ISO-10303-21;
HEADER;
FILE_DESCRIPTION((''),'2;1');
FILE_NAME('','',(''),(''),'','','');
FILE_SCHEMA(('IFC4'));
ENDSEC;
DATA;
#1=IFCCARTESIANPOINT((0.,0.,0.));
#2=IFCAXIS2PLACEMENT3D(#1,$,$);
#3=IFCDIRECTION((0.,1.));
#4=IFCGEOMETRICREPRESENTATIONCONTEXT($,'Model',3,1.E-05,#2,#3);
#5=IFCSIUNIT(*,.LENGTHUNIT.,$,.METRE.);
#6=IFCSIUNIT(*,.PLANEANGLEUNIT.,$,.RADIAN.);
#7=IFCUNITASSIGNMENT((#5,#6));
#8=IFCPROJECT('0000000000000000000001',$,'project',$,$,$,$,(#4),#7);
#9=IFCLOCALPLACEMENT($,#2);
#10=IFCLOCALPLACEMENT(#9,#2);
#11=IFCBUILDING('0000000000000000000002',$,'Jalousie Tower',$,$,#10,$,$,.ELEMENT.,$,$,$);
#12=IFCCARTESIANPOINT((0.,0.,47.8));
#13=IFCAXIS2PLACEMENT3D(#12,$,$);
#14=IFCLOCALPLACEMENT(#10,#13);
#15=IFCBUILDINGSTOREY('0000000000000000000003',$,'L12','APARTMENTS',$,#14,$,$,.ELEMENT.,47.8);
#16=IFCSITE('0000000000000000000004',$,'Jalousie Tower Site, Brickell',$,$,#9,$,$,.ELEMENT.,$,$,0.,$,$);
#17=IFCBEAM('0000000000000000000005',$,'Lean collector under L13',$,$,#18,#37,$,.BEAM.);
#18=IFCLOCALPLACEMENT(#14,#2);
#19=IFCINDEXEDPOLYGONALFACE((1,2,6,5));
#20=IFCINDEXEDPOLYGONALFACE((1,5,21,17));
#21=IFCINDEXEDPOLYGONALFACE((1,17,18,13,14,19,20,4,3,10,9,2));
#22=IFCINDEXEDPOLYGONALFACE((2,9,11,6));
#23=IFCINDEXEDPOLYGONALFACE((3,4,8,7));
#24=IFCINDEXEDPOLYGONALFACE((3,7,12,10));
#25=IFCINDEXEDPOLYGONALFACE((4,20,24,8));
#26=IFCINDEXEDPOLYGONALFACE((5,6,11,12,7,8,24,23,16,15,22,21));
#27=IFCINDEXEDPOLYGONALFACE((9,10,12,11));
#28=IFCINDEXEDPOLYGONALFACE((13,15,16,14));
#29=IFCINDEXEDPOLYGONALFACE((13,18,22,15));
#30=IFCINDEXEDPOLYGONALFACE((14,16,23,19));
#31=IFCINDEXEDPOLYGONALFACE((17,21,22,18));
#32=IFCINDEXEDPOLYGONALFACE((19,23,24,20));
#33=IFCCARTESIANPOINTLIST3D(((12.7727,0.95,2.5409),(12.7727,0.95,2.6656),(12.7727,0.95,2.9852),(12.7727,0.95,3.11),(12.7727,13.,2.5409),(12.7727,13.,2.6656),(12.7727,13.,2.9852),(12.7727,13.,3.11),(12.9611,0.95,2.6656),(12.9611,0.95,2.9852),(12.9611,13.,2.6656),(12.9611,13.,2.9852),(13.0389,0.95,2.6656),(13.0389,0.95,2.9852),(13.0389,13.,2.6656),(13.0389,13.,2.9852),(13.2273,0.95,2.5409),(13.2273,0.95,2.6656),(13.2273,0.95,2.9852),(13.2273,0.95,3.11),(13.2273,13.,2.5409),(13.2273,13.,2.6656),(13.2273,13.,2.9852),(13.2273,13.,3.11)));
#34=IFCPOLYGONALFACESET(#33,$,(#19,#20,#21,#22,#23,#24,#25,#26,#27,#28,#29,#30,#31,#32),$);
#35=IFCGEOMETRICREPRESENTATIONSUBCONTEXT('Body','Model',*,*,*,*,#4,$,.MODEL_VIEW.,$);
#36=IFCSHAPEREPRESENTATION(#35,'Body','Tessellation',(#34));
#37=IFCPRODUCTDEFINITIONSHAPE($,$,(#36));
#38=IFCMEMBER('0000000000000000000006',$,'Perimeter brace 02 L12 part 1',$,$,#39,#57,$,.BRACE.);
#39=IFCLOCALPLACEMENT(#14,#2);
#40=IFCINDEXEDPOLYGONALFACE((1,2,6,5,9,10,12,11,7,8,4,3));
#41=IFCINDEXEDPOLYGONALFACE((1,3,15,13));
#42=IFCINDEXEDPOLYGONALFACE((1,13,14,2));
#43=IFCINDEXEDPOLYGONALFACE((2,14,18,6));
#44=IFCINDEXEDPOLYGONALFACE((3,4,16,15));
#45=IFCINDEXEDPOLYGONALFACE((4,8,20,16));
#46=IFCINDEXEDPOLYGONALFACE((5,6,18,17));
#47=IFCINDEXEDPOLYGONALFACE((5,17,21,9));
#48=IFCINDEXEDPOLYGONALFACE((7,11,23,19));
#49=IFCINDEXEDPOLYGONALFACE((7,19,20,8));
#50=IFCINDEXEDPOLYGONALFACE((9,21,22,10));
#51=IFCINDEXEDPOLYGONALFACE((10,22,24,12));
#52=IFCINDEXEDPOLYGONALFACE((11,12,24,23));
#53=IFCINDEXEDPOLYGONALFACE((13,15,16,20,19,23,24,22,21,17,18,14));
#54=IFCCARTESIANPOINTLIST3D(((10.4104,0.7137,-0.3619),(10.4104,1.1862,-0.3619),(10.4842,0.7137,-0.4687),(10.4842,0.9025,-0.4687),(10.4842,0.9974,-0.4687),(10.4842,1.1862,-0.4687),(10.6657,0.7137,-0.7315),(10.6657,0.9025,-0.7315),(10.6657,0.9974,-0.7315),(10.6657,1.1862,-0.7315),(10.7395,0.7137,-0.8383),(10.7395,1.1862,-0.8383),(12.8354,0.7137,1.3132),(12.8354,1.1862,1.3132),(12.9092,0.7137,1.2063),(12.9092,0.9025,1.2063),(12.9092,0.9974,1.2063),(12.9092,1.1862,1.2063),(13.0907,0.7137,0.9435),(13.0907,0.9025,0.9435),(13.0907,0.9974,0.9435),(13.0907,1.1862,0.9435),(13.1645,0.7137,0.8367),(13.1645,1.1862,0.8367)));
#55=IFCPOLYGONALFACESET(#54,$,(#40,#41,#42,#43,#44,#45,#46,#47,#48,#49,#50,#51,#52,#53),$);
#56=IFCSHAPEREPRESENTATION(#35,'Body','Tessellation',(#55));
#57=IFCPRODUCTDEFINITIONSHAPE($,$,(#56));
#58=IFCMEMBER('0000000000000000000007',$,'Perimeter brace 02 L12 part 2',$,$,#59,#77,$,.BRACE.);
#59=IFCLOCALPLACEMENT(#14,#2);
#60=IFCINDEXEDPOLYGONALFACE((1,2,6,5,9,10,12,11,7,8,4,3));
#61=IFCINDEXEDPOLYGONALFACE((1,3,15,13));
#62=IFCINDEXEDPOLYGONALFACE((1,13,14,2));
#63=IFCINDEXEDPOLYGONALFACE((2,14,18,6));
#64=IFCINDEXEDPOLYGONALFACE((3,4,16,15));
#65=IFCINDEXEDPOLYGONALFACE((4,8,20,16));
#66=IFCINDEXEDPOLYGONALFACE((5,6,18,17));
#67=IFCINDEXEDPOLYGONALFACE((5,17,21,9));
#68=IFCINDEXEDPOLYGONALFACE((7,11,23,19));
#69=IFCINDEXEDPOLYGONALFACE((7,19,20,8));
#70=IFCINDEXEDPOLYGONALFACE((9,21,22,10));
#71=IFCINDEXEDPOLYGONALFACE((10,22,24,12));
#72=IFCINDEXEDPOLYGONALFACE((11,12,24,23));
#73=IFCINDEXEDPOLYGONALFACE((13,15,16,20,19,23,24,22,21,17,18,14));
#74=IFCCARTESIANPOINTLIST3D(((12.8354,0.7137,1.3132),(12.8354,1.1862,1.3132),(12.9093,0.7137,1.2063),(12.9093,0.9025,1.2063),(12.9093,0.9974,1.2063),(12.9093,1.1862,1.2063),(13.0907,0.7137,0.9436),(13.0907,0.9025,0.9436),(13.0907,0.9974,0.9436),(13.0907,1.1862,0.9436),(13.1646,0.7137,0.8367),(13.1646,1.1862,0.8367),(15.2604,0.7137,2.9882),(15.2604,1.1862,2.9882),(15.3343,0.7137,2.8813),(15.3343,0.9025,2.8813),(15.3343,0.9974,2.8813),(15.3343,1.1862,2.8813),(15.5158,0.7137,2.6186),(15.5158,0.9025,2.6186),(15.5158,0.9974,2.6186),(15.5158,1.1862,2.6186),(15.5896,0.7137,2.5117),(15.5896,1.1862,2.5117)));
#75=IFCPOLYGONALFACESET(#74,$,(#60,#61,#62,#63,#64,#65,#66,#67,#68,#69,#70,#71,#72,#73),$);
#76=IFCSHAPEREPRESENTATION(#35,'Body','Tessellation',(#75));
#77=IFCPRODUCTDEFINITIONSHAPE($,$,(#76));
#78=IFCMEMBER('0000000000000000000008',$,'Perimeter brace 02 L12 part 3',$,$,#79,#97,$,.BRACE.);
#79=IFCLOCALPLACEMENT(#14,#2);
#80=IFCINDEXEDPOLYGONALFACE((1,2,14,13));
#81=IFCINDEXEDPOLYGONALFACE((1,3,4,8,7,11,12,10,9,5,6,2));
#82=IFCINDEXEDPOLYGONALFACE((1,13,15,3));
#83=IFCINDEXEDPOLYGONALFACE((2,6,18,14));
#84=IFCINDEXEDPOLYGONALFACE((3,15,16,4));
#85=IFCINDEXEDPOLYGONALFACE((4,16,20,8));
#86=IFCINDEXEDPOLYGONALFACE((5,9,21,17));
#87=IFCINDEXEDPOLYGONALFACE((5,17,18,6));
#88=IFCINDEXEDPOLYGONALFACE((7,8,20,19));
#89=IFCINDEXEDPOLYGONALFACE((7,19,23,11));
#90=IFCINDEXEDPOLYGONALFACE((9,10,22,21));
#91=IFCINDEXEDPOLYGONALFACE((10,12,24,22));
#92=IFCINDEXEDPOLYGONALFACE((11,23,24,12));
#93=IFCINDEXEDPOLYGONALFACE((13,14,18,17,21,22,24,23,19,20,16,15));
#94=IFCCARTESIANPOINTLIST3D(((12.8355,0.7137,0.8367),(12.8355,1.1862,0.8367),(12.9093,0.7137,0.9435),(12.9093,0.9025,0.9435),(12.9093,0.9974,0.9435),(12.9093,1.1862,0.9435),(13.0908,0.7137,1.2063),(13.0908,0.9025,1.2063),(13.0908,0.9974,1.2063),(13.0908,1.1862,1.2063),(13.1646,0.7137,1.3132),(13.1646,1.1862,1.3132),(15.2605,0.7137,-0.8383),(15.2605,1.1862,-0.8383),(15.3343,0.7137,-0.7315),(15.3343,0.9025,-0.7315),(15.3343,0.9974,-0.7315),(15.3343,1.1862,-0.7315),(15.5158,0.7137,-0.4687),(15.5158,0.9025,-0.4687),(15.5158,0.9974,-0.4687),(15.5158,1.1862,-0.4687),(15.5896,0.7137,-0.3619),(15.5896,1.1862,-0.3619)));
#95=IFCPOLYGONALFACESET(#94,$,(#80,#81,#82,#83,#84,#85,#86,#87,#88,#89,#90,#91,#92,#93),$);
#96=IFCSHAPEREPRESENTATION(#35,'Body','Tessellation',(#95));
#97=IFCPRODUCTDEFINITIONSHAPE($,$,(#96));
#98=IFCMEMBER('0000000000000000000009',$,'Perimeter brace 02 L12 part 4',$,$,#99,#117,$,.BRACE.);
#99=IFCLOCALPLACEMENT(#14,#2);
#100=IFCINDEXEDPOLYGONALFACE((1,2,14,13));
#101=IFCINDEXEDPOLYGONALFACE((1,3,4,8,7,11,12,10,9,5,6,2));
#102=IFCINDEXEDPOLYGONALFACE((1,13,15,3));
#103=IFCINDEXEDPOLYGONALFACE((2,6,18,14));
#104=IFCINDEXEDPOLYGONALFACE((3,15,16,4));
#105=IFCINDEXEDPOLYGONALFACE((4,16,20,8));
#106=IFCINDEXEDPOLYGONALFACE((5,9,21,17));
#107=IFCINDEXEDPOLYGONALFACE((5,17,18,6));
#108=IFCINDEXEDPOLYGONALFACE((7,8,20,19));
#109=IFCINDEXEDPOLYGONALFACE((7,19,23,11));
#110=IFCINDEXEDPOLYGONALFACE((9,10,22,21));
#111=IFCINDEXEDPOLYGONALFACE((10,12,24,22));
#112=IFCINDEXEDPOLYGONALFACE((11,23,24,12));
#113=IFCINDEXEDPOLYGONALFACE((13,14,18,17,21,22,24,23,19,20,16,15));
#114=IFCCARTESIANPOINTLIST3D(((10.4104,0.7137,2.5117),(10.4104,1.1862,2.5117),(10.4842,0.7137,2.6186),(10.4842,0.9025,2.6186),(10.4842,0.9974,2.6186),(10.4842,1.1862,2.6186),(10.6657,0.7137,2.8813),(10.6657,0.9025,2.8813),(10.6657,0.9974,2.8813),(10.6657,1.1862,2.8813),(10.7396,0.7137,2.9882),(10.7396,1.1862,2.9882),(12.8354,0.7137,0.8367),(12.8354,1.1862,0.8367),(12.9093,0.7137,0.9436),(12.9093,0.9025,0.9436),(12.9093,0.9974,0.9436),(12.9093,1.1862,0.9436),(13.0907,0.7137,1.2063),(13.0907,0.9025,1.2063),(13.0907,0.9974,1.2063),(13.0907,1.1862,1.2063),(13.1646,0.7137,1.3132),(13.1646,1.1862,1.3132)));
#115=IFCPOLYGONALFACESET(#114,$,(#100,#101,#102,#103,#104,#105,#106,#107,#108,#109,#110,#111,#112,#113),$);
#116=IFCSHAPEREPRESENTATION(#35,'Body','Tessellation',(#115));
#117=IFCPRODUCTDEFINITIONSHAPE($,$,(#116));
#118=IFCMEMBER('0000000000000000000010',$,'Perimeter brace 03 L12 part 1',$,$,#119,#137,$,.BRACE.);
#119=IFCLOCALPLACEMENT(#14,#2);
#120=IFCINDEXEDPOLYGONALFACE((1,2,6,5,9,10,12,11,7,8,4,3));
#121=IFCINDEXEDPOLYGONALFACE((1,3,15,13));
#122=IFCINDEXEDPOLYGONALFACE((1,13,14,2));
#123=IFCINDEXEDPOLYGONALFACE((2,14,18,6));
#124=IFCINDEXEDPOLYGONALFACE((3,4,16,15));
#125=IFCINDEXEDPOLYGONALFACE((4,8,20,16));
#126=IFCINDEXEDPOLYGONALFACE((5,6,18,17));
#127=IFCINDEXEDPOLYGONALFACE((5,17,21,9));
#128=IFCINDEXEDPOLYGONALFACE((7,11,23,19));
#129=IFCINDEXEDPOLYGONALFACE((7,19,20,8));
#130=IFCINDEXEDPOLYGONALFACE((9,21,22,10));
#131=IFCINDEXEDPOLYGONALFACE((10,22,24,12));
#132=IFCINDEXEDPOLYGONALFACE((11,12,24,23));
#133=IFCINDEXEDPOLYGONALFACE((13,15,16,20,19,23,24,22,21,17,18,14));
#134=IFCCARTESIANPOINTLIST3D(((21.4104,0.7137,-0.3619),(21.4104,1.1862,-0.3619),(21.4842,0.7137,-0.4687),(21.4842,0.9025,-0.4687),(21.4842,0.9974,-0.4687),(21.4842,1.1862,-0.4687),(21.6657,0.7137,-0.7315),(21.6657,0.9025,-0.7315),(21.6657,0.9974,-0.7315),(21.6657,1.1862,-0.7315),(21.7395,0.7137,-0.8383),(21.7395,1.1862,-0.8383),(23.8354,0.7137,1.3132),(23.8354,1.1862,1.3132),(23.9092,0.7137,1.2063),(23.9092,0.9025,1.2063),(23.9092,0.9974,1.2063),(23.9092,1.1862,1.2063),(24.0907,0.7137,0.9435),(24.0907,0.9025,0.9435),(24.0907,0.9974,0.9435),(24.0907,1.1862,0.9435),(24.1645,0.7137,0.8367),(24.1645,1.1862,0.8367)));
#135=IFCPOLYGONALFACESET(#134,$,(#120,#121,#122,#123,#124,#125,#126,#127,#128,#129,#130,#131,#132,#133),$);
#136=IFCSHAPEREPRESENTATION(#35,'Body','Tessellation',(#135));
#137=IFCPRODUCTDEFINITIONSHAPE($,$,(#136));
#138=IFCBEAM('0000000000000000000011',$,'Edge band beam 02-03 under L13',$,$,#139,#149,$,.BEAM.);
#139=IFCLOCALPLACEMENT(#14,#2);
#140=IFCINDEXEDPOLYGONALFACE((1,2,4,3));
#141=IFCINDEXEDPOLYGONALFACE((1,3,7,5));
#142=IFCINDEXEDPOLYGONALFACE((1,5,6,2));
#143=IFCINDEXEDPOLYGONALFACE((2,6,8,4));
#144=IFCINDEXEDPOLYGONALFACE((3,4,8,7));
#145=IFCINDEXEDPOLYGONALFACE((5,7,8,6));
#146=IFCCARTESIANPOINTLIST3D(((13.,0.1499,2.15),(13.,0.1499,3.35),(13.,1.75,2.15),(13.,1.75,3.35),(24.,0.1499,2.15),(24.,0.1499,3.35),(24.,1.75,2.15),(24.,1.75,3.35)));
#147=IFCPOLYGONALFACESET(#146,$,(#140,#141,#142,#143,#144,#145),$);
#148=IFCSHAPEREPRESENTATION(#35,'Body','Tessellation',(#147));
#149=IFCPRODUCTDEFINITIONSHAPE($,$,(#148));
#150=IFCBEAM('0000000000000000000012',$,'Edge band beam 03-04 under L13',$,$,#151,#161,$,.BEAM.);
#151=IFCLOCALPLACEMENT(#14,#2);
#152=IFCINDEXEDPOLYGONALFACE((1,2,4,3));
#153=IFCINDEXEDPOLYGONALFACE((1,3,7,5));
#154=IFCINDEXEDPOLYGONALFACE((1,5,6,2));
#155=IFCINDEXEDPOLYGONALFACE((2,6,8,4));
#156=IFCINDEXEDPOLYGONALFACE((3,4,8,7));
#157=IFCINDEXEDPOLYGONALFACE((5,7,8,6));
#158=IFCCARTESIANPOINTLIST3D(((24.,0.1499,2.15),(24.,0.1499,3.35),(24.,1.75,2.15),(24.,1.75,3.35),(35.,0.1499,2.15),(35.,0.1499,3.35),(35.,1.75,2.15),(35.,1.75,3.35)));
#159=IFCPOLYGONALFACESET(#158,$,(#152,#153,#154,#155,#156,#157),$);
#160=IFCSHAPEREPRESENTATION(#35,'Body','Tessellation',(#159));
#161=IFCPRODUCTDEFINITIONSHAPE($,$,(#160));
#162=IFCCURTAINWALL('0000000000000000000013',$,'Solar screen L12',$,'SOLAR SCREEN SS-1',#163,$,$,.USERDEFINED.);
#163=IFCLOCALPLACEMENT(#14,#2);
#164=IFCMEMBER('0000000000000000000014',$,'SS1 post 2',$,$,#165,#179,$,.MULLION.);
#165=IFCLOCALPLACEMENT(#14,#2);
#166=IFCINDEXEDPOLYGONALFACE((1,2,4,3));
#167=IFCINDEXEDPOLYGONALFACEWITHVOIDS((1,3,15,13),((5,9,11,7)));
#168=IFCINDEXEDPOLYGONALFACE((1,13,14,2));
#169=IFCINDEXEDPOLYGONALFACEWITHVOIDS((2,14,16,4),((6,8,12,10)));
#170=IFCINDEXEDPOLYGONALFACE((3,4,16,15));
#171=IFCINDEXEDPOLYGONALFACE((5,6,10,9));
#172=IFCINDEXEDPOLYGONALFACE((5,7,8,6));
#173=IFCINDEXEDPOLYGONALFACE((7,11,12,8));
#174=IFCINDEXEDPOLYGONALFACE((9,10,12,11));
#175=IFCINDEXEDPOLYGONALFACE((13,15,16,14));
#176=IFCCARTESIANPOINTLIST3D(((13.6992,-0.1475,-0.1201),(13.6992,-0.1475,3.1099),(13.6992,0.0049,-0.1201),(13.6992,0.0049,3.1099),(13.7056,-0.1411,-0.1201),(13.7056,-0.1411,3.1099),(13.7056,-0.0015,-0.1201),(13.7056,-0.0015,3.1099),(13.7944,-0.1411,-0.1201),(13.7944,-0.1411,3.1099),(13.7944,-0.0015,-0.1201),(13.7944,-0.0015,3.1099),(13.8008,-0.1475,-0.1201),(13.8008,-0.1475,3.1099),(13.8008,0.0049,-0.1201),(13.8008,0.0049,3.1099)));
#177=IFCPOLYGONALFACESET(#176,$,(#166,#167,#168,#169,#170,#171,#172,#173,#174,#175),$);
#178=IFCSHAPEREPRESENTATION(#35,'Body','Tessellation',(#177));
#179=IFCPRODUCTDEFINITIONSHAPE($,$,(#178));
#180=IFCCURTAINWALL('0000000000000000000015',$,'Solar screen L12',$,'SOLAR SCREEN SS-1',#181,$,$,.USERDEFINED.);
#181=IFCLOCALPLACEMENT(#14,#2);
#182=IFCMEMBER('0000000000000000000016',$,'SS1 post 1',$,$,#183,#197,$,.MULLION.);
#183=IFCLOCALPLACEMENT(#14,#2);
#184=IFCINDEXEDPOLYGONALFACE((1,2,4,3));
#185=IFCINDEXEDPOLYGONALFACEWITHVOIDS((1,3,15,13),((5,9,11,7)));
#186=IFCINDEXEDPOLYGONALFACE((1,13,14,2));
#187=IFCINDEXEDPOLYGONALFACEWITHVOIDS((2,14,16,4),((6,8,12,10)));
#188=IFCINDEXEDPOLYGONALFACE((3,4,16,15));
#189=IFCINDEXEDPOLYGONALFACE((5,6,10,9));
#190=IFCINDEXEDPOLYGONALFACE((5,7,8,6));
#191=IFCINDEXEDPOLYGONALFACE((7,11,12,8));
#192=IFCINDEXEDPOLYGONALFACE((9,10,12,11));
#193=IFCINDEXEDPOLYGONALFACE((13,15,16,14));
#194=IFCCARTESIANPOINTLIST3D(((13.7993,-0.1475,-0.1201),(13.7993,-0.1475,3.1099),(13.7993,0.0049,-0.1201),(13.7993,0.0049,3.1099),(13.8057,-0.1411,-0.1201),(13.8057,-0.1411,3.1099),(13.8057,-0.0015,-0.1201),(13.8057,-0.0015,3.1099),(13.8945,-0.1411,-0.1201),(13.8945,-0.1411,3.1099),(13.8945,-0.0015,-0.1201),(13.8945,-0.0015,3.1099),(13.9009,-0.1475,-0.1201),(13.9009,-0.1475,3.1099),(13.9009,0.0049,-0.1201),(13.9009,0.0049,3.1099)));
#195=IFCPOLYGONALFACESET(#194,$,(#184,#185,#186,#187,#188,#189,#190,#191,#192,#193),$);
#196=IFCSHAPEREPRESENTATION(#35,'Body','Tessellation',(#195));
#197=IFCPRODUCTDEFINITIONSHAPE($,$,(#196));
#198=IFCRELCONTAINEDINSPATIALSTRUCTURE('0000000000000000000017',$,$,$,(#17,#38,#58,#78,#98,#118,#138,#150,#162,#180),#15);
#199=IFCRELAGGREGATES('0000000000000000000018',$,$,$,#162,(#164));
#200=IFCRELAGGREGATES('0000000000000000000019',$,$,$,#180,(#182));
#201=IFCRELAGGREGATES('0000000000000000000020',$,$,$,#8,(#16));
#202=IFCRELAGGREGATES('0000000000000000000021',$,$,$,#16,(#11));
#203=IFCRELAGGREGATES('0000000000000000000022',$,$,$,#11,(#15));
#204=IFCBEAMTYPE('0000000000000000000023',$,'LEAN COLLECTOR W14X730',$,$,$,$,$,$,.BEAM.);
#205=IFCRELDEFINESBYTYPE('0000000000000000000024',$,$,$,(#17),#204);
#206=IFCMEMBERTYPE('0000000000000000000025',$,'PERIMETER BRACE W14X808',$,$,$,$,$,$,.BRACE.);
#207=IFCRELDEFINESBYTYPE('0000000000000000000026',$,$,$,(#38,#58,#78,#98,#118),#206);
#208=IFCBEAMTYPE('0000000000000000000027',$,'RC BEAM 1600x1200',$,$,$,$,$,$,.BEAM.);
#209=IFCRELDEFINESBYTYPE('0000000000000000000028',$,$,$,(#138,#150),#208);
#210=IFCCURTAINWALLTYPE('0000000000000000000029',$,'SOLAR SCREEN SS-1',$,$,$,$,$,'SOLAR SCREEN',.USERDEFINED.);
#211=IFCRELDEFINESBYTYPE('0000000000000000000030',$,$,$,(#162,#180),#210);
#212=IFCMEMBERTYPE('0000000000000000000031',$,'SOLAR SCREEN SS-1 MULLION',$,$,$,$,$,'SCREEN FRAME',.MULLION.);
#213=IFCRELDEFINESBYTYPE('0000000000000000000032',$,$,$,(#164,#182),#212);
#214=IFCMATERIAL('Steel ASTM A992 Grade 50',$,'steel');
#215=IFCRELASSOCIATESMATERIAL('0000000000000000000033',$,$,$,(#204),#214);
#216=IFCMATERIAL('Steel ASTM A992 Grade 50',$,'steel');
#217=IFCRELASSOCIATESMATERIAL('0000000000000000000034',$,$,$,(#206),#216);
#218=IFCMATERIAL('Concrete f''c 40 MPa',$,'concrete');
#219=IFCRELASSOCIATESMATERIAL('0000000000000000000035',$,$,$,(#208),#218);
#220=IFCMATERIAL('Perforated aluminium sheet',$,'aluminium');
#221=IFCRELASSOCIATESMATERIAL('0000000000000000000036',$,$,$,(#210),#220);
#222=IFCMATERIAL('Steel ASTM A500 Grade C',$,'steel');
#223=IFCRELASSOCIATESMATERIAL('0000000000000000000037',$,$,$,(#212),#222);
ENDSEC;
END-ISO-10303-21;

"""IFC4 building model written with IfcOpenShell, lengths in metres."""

from ifc_helpers import new_model, si_unit, direction, frame, origin, origin_2d, place, context, subcontext, project, spatial, rectangle, hollow_rectangle, i_section, extrude, material, material_profile, profile_set, type_object, element, aggregate, save


model = new_model("IFC4")

# Units and contexts
model_context = context("Model", 3, precision=1e-05, world=origin(), true_north=direction((0.0, 1.0)))
body_context = subcontext(model_context, "Body", "Model", "MODEL_VIEW")
ifc_project = project(units=[si_unit("LENGTHUNIT", "METRE"), si_unit("PLANEANGLEUNIT", "RADIAN")], contexts=[model_context])

# Site, building, storey
site_placement = place(None, origin())
site = spatial("IfcSite", under=ifc_project, at=site_placement, Name="Jalousie Tower Site, Brickell", CompositionType="ELEMENT", RefElevation=0.0)
building_placement = place(site_placement, origin())
building = spatial("IfcBuilding", under=site, at=building_placement, Name="Jalousie Tower", CompositionType="ELEMENT")
storey_placement = place(building_placement, frame((0.0, 0.0, 47.8)))
storey = spatial("IfcBuildingStorey", under=building, at=storey_placement, Name="L12", Description="APARTMENTS", CompositionType="ELEMENT", Elevation=47.8)

# Beam
ifc_material_1 = material(Name="Steel ASTM A992 Grade 50", Category="steel")
ifc_material_profile_1 = material_profile(ifc_material_1, i_section(OverallWidth=0.4546, OverallDepth=0.5691, WebThickness=0.0779, FlangeThickness=0.1248, at=origin_2d()), Name="W14X730")
ifc_profile_set_1 = profile_set([ifc_material_profile_1], Name="Steel ASTM A992 Grade 50")
beam_type_1 = type_object("IfcBeamType", Name="LEAN COLLECTOR W14X730", PredefinedType="BEAM", material=ifc_profile_set_1)
beam_placement = place(storey_placement, frame((13.0, 0.95, 2.8254), z_axis=(0.0, 1.0, 0.0), x_axis=(-1.0, 0.0, 0.0)))
element("IfcBeam", 1, at=beam_placement, inside=storey, type_object=beam_type_1, Name="Lean collector under L13", PredefinedType="BEAM", context=body_context, shape_type="SweptSolid", body=[
    extrude(i_section(OverallWidth=0.4546, OverallDepth=0.5691, WebThickness=0.0779, FlangeThickness=0.1248, at=origin_2d()), origin(), (0.0, 0.0, 1.0), 12.05),
])

# Members
ifc_material_2 = material(Name="Steel ASTM A992 Grade 50", Category="steel")
ifc_material_profile_2 = material_profile(ifc_material_2, i_section(OverallWidth=0.4724, OverallDepth=0.5791, WebThickness=0.095, FlangeThickness=0.1299, at=origin_2d()), Name="W14X808")
ifc_profile_set_2 = profile_set([ifc_material_profile_2], Name="Steel ASTM A992 Grade 50")
member_type_1 = type_object("IfcMemberType", Name="PERIMETER BRACE W14X808", PredefinedType="BRACE", material=ifc_profile_set_2)
for number, where, z_axis, x_axis, name in (
    (2, (10.575, 0.95, -0.6001), (0.8228, 0.0, 0.568331), (0.0, 1.0, 0.0), "Perimeter brace 02 L12 part 1"),
    (3, (13.0, 0.95, 1.075), (0.8228, 0.0, 0.568331), (0.0, 1.0, 0.0), "Perimeter brace 02 L12 part 2"),
    (4, (15.425, 0.95, -0.6001), (-0.8228, 0.0, 0.568331), (0.0, -1.0, 0.0), "Perimeter brace 02 L12 part 3"),
    (5, (13.0, 0.95, 1.075), (-0.8228, 0.0, 0.568331), (0.0, -1.0, 0.0), "Perimeter brace 02 L12 part 4"),
    (6, (21.575, 0.95, -0.6001), (0.8228, 0.0, 0.568331), (0.0, 1.0, 0.0), "Perimeter brace 03 L12 part 1"),
):
    element("IfcMember", number, at=place(storey_placement, frame(where, z_axis=z_axis, x_axis=x_axis)), inside=storey, type_object=member_type_1, Name=name, PredefinedType="BRACE", context=body_context, shape_type="SweptSolid", body=[
        extrude(i_section(OverallWidth=0.4724, OverallDepth=0.5791, WebThickness=0.095, FlangeThickness=0.1299, at=origin_2d()), origin(), (0.0, 0.0, 1.0), 2.9473),
    ])

# Beams
ifc_material_3 = material(Name="Concrete f'c 40 MPa", Category="concrete")
ifc_material_profile_3 = material_profile(ifc_material_3, rectangle(XDim=1.6001, YDim=1.2, at=origin_2d()), Name="RC 1600x1200")
ifc_profile_set_3 = profile_set([ifc_material_profile_3], Name="Concrete f'c 40 MPa")
beam_type_2 = type_object("IfcBeamType", Name="RC BEAM 1600x1200", PredefinedType="BEAM", material=ifc_profile_set_3)
for number, where, z_axis, x_axis, name in (
    (7, (13.0, 0.95, 2.75), (1.0, 0.0, 0.0), (0.0, 1.0, 0.0), "Edge band beam 02-03 under L13"),
    (8, (24.0, 0.95, 2.75), (1.0, 0.0, 0.0), (0.0, 1.0, 0.0), "Edge band beam 03-04 under L13"),
):
    element("IfcBeam", number, at=place(storey_placement, frame(where, z_axis=z_axis, x_axis=x_axis)), inside=storey, type_object=beam_type_2, Name=name, PredefinedType="BEAM", context=body_context, shape_type="SweptSolid", body=[
        extrude(rectangle(XDim=1.6001, YDim=1.2, at=origin_2d()), origin(), (0.0, 0.0, 1.0), 11.0),
    ])

# Curtain wall, member
ifc_material_4 = material(Name="Perforated aluminium sheet", Category="aluminium")
curtain_wall_type = type_object("IfcCurtainWallType", Name="SOLAR SCREEN SS-1", ElementType="SOLAR SCREEN", PredefinedType="USERDEFINED", material=ifc_material_4)
curtain_wall_1_placement = place(storey_placement, origin())
curtain_wall_1 = element("IfcCurtainWall", 9, at=curtain_wall_1_placement, inside=storey, type_object=curtain_wall_type, Name="Solar screen L12", ObjectType="SOLAR SCREEN SS-1", PredefinedType="USERDEFINED")
ifc_material_5 = material(Name="Steel ASTM A500 Grade C", Category="steel")
ifc_material_profile_4 = material_profile(ifc_material_5, hollow_rectangle(XDim=0.1016, YDim=0.1523, WallThickness=0.0063, at=origin_2d()), Name="HSS6X4X1/4")
ifc_profile_set_4 = profile_set([ifc_material_profile_4], Name="Steel ASTM A500 Grade C")
member_type_2 = type_object("IfcMemberType", Name="SOLAR SCREEN SS-1 MULLION", ElementType="SCREEN FRAME", PredefinedType="MULLION", material=ifc_profile_set_4)
member_1_placement = place(storey_placement, frame((13.75, -0.0713, -0.1201), z_axis=(0.0, 0.0, 1.0), x_axis=(1.0, 0.0, 0.0)))
member_1 = element("IfcMember", 10, at=member_1_placement, type_object=member_type_2, Name="SS1 post 2", PredefinedType="MULLION", context=body_context, shape_type="SweptSolid", body=[
    extrude(hollow_rectangle(XDim=0.1016, YDim=0.1523, WallThickness=0.0063, at=origin_2d()), origin(), (0.0, 0.0, 1.0), 3.23),
])
aggregate(curtain_wall_1, [member_1])

# Curtain wall, member
curtain_wall_2_placement = place(storey_placement, origin())
curtain_wall_2 = element("IfcCurtainWall", 11, at=curtain_wall_2_placement, inside=storey, type_object=curtain_wall_type, Name="Solar screen L12", ObjectType="SOLAR SCREEN SS-1", PredefinedType="USERDEFINED")
member_2_placement = place(storey_placement, frame((13.8501, -0.0713, -0.1201), z_axis=(0.0, 0.0, 1.0), x_axis=(1.0, 0.0, 0.0)))
member_2 = element("IfcMember", 12, at=member_2_placement, type_object=member_type_2, Name="SS1 post 1", PredefinedType="MULLION", context=body_context, shape_type="SweptSolid", body=[
    extrude(hollow_rectangle(XDim=0.1016, YDim=0.1523, WallThickness=0.0063, at=origin_2d()), origin(), (0.0, 0.0, 1.0), 3.23),
])

aggregate(curtain_wall_2, [member_2])

save(model, "model.ifc")
